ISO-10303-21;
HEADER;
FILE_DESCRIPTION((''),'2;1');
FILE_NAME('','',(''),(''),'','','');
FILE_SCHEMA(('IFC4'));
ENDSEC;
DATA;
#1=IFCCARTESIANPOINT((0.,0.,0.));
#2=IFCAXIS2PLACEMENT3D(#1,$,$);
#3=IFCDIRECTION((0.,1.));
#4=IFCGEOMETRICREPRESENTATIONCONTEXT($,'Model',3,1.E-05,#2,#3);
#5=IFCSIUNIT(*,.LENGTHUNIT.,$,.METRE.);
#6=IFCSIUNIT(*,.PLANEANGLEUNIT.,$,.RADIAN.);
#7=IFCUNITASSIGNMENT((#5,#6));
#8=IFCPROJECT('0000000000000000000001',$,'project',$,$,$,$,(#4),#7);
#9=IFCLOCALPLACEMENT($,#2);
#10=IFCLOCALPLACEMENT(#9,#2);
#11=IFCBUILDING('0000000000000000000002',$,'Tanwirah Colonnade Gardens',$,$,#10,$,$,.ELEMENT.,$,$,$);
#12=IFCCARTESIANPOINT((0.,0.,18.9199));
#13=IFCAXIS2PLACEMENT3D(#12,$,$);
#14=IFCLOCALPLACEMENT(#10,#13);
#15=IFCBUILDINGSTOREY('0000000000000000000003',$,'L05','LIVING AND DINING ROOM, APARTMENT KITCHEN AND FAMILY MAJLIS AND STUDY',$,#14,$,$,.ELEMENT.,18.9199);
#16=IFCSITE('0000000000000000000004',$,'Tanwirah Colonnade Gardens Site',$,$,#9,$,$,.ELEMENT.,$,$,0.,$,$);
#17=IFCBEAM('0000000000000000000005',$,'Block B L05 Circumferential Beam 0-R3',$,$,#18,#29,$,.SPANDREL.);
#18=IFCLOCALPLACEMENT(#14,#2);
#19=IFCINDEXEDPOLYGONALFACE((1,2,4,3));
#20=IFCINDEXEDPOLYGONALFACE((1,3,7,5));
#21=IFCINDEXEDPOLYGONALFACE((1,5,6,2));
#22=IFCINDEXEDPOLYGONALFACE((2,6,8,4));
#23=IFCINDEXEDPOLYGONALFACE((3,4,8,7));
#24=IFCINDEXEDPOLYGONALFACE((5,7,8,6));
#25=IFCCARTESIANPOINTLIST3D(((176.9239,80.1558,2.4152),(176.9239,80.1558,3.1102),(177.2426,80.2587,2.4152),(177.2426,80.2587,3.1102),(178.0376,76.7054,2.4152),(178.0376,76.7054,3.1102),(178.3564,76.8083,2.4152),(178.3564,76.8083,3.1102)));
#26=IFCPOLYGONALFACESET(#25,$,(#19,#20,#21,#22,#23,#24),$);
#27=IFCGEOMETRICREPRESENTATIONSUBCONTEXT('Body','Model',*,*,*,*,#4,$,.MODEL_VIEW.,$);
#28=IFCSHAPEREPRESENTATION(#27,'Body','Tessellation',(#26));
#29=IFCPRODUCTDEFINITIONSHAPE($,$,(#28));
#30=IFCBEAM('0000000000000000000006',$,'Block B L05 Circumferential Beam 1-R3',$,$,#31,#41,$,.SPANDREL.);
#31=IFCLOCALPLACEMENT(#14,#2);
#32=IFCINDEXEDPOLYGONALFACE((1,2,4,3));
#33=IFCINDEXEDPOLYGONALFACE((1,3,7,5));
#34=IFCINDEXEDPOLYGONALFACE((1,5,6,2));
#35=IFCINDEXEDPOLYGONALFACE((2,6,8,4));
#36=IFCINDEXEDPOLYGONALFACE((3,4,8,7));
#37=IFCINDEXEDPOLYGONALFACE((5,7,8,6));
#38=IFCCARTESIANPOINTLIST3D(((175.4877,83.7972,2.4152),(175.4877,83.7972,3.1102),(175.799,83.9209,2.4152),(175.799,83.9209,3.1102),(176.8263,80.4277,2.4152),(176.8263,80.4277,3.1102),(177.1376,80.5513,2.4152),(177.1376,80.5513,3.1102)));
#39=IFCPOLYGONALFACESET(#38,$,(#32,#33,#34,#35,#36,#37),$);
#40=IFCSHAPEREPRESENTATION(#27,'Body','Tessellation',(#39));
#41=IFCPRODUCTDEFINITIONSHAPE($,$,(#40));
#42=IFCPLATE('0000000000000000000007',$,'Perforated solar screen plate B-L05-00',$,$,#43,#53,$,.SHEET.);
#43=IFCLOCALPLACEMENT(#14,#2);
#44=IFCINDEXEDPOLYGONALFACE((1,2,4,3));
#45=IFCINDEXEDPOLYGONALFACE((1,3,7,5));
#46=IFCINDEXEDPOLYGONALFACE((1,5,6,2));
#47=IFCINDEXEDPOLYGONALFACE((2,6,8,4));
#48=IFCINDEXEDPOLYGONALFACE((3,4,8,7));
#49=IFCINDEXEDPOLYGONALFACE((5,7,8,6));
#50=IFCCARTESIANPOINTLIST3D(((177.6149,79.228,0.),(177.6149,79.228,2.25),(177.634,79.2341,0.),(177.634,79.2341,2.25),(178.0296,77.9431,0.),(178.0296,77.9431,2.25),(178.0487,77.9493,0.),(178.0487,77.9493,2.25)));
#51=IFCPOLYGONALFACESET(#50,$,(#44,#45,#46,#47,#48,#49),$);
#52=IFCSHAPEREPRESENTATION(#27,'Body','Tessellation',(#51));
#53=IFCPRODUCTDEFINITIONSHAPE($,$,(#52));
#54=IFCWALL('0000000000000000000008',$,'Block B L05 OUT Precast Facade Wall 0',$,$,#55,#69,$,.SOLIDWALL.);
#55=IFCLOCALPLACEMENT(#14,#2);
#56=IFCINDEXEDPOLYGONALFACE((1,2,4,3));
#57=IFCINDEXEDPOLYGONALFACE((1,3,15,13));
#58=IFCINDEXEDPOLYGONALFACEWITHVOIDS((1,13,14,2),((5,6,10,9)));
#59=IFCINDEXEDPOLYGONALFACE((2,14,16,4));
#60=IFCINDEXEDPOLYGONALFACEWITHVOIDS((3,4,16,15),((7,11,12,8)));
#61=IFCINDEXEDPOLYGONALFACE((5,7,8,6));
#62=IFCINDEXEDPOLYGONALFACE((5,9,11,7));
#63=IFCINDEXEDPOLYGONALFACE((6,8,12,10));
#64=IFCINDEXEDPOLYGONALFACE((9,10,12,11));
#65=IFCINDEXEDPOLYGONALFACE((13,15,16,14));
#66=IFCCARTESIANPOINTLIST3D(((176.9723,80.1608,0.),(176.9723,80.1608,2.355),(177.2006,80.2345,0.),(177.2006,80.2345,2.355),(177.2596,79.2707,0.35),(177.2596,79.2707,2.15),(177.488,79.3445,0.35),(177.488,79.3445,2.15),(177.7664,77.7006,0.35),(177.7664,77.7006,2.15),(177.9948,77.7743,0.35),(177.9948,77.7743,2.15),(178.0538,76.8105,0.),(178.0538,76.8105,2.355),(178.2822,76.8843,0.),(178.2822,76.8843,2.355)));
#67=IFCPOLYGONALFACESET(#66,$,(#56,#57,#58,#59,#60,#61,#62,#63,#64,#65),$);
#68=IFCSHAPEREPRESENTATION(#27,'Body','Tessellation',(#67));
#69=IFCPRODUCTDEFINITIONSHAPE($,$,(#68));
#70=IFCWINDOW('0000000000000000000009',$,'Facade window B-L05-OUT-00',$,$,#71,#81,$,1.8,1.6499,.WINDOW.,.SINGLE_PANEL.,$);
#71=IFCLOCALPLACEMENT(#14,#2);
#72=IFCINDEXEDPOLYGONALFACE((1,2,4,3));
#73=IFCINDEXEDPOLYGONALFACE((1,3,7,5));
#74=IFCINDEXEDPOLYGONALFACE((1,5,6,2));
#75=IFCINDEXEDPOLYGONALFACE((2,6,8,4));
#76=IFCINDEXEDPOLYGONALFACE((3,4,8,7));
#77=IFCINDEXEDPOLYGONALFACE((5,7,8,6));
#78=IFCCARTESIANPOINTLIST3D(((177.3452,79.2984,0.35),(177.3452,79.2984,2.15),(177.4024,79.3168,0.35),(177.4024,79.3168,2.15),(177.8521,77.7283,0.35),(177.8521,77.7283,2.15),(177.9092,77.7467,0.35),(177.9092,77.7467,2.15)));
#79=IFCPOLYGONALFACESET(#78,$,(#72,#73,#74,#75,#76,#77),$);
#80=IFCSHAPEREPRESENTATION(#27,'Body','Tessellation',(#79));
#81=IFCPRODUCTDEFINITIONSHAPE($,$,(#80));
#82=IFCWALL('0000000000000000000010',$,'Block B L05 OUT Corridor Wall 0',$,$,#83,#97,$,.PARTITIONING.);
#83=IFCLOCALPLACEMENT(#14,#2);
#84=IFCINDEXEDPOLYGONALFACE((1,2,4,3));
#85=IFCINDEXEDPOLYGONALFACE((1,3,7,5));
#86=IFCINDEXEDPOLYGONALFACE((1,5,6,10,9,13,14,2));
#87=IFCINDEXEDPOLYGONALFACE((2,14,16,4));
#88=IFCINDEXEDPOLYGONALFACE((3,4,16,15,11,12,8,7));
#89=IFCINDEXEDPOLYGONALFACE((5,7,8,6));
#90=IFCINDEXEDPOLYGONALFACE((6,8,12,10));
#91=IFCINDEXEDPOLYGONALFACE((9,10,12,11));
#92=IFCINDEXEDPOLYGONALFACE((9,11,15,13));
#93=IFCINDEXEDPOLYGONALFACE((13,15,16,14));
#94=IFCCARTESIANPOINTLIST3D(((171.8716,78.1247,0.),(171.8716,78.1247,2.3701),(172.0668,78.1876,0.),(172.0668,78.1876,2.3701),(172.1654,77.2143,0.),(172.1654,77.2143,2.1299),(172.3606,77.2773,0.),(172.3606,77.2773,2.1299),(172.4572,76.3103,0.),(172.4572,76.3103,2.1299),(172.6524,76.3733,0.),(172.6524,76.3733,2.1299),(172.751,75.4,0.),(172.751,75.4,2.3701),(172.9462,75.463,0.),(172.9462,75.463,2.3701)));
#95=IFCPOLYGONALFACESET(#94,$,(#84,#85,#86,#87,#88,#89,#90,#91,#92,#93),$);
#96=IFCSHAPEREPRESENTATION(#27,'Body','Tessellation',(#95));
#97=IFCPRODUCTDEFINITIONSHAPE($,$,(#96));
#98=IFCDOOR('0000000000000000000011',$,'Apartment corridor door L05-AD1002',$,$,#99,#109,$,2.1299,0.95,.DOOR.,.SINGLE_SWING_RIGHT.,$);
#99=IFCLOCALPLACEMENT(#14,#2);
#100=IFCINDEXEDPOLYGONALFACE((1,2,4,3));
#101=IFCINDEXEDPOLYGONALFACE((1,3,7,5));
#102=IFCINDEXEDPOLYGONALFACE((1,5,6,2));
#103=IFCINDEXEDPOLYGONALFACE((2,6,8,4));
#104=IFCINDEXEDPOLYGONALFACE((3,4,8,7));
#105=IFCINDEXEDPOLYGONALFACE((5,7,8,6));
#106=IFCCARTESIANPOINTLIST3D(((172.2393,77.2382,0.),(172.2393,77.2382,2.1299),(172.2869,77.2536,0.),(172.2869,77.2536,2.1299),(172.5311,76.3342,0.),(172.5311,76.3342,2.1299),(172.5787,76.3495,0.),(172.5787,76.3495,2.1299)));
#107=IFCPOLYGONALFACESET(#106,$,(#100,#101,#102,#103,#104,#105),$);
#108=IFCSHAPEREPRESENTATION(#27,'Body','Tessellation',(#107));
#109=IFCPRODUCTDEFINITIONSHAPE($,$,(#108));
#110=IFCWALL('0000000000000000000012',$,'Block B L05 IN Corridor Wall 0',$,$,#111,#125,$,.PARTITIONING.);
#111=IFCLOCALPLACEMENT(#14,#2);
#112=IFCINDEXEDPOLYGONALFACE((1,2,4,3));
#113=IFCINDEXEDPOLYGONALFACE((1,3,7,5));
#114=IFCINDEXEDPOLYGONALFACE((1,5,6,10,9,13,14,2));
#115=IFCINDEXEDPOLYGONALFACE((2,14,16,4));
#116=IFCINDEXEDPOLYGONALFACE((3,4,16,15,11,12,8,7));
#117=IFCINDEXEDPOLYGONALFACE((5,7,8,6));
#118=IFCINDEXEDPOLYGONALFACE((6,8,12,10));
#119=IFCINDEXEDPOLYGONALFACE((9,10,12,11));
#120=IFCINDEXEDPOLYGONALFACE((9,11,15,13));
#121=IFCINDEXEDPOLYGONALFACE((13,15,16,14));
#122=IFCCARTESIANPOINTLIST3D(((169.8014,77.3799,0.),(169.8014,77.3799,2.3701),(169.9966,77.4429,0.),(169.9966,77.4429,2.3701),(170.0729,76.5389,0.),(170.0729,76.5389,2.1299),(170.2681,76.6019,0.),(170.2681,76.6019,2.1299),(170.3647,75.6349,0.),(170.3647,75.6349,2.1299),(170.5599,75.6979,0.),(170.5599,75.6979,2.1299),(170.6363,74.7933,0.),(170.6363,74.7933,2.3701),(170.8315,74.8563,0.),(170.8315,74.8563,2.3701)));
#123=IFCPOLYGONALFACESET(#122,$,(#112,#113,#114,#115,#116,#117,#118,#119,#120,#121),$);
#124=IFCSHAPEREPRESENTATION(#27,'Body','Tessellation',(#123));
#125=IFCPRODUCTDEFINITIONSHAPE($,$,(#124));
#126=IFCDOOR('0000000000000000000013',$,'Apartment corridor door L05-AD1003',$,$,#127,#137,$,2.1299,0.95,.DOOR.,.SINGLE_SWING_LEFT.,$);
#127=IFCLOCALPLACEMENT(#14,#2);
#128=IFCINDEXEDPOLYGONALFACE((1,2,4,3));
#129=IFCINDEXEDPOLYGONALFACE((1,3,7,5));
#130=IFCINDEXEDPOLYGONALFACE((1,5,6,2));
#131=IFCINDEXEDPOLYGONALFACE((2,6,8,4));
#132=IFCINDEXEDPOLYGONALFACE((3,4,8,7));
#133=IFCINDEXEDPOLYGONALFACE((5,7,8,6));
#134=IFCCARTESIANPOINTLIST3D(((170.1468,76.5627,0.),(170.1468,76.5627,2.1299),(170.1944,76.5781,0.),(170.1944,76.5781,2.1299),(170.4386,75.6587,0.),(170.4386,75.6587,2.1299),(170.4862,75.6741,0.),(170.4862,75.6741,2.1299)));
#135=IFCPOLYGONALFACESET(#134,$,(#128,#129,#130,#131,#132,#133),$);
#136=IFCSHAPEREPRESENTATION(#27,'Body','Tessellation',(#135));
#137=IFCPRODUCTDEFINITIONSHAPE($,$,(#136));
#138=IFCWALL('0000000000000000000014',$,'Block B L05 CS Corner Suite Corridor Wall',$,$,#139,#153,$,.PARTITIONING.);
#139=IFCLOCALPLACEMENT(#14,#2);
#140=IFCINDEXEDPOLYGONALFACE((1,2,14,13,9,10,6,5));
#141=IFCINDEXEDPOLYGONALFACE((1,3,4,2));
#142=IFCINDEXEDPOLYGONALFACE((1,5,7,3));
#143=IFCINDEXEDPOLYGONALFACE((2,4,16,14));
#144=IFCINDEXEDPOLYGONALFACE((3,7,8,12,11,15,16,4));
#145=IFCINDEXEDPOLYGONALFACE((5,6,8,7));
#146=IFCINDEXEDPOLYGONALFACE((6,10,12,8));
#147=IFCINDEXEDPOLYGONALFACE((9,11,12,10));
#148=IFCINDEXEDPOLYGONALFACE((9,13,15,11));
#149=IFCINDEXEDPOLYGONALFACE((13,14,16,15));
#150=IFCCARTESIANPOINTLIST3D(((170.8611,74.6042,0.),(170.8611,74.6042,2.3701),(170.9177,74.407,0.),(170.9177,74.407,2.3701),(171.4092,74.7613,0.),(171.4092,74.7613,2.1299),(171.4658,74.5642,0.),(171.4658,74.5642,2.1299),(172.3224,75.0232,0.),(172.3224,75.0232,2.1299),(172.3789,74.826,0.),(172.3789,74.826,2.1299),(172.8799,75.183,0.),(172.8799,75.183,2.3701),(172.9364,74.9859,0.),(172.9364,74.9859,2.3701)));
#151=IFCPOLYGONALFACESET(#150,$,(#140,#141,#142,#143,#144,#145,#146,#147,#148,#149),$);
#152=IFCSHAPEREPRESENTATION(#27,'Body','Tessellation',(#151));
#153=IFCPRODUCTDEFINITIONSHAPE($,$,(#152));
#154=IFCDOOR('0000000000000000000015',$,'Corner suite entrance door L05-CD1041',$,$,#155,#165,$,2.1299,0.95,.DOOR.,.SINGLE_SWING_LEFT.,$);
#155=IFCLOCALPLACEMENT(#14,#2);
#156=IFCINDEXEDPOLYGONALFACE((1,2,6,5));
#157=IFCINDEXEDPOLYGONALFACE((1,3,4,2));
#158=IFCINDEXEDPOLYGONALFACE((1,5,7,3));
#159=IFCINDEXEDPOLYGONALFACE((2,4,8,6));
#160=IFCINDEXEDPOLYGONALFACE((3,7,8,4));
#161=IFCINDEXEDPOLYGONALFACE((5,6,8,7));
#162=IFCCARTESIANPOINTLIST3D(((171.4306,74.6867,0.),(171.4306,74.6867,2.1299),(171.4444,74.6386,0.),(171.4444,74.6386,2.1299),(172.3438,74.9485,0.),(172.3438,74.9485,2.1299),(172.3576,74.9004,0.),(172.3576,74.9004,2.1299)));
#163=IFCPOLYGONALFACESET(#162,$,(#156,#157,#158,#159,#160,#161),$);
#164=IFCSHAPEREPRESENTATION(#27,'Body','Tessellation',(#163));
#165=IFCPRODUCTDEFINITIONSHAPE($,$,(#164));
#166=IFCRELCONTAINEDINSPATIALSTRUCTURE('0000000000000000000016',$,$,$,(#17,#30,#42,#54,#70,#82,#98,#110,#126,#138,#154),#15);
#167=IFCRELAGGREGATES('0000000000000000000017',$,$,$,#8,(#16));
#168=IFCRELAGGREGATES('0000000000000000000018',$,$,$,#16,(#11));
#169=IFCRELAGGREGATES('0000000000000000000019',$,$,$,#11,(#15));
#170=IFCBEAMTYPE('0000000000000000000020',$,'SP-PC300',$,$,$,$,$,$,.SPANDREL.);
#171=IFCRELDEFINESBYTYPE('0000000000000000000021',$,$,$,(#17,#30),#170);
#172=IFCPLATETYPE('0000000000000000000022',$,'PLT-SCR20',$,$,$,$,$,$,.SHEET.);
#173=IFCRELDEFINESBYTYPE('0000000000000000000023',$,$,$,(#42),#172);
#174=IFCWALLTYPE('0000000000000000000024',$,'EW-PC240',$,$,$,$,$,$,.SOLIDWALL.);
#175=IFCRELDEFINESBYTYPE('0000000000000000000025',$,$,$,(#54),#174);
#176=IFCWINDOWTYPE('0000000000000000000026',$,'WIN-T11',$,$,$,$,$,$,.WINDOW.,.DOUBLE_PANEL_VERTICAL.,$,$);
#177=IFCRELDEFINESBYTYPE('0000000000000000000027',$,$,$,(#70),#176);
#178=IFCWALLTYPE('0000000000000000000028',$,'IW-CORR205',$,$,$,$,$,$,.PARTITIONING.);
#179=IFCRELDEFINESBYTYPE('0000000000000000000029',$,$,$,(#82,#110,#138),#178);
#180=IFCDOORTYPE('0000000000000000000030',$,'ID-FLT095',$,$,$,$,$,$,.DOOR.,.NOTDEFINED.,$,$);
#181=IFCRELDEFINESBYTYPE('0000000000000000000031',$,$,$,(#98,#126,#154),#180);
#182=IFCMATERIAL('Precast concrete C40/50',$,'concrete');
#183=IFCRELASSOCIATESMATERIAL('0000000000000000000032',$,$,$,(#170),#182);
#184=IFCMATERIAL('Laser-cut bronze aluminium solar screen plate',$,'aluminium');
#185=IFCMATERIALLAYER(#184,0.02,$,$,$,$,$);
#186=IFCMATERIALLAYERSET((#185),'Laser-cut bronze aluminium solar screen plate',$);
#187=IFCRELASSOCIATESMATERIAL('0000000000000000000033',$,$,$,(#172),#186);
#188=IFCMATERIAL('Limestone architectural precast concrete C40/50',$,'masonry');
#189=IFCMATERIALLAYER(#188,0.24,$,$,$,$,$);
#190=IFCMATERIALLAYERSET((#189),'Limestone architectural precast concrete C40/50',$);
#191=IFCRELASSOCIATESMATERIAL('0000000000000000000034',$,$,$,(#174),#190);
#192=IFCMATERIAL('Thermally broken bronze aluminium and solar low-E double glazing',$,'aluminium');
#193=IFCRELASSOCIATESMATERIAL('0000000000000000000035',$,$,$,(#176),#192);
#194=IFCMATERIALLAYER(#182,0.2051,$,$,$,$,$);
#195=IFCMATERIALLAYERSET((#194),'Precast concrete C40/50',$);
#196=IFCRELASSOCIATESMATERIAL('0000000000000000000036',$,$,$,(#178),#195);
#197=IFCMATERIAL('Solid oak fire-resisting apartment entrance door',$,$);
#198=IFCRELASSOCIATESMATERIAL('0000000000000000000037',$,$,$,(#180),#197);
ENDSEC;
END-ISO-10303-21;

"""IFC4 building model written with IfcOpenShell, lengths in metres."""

from ifc_helpers import new_model, si_unit, direction, frame, frame_2d, origin, origin_2d, place, context, subcontext, project, spatial, rectangle, extrude, material, layer, layer_set, material_profile, profile_set, type_object, element, fill, save


model = new_model("IFC4")

# Units and contexts
model_context = context("Model", 3, precision=1e-05, world=origin(), true_north=direction((0.0, 1.0)))
body_context = subcontext(model_context, "Body", "Model", "MODEL_VIEW")
ifc_project = project(units=[si_unit("LENGTHUNIT", "METRE"), si_unit("PLANEANGLEUNIT", "RADIAN")], contexts=[model_context])

# Site, building, storey
site_placement = place(None, origin())
site = spatial("IfcSite", under=ifc_project, at=site_placement, Name="Tanwirah Colonnade Gardens Site", CompositionType="ELEMENT", RefElevation=0.0)
building_placement = place(site_placement, origin())
building = spatial("IfcBuilding", under=site, at=building_placement, Name="Tanwirah Colonnade Gardens", CompositionType="ELEMENT")
storey_placement = place(building_placement, frame((0.0, 0.0, 18.9199)))
storey = spatial("IfcBuildingStorey", under=building, at=storey_placement, Name="L05", Description="LIVING AND DINING ROOM, APARTMENT KITCHEN AND FAMILY MAJLIS AND STUDY", CompositionType="ELEMENT", Elevation=18.9199)

# Shared definitions
ifc_material_1 = material(Name="Precast concrete C40/50", Category="concrete")

# Beams
ifc_material_profile_1 = material_profile(ifc_material_1, rectangle(XDim=0.335, YDim=0.6951, at=origin_2d()), Name="PC-SP 335x695")
ifc_profile_set_1 = profile_set([ifc_material_profile_1], Name="Precast concrete C40/50")
beam_type_1 = type_object("IfcBeamType", Name="SP-PC300", PredefinedType="SPANDREL", material=ifc_profile_set_1)
for number, where, z_axis, x_axis, name in (
    (1, (178.197, 76.7568, 2.7627), (-0.307184, 0.95165, 0.0), (-0.95165, -0.307184, 0.0), "Block B L05 Circumferential Beam 0-R3"),
    (2, (176.9819, 80.4895, 2.7627), (-0.369195, 0.929352, 0.0), (-0.929352, -0.369195, 0.0), "Block B L05 Circumferential Beam 1-R3"),
):
    element("IfcBeam", number, at=place(storey_placement, frame(where, z_axis=z_axis, x_axis=x_axis)), inside=storey, type_object=beam_type_1, Name=name, PredefinedType="SPANDREL", context=body_context, shape_type="SweptSolid", body=[
        extrude(rectangle(XDim=0.335, YDim=0.6951, at=origin_2d()), origin(), (0.0, 0.0, 1.0), 3.6257),
    ])

# Plate
ifc_material_2 = material(Name="Laser-cut bronze aluminium solar screen plate", Category="aluminium")
ifc_layer_1 = layer(ifc_material_2, 0.02)
ifc_layer_set_1 = layer_set([ifc_layer_1], Name="Laser-cut bronze aluminium solar screen plate")
plate_type = type_object("IfcPlateType", Name="PLT-SCR20", PredefinedType="SHEET", material=ifc_layer_set_1)
plate_placement = place(storey_placement, frame((177.8318, 78.5886, 0.0), z_axis=(0.0, 0.0, 1.0), x_axis=(-0.307172, 0.951654, 0.0)))
element("IfcPlate", 3, at=plate_placement, inside=storey, type_object=plate_type, Name="Perforated solar screen plate B-L05-00", PredefinedType="SHEET", context=body_context, shape_type="SweptSolid", body=[
    extrude(rectangle(XDim=1.3501, YDim=0.02, at=origin_2d()), origin(), (0.0, 0.0, 1.0), 2.25),
])

# Wall, opening, window
ifc_material_3 = material(Name="Limestone architectural precast concrete C40/50", Category="masonry")
ifc_layer_2 = layer(ifc_material_3, 0.24)
ifc_layer_set_2 = layer_set([ifc_layer_2], Name="Limestone architectural precast concrete C40/50")
wall_type_1 = type_object("IfcWallType", Name="EW-PC240", PredefinedType="SOLIDWALL", material=ifc_layer_set_2)
wall_1_placement = place(storey_placement, frame((178.168, 76.8474, 0.0), z_axis=(0.0, 0.0, 1.0), x_axis=(-0.307205, 0.951643, 0.0)))
wall_1 = element("IfcWall", 4, at=wall_1_placement, inside=storey, type_object=wall_type_1, Name="Block B L05 OUT Precast Facade Wall 0", PredefinedType="SOLIDWALL", context=body_context, shape_type="SweptSolid", body=[
    extrude(rectangle(XDim=3.5205, YDim=0.24, at=frame_2d((1.7603, 0.0))), origin(), (0.0, 0.0, 1.0), 2.355),
])
opening_1_placement = place(wall_1_placement, frame((0.9353, 0.0, 0.3501)))
opening_1 = element("IfcOpeningElement", 5, at=opening_1_placement, cuts=wall_1, PredefinedType="OPENING", context=body_context, shape_type="SweptSolid", body=[
    extrude(rectangle(XDim=1.6499, YDim=1.8, at=frame_2d((0.825, 0.8999))), frame((0.0, 0.1299, 0.0), z_axis=(0.0, -1.0, 0.0), x_axis=(1.0, 0.0, 0.0)), (0.0, 0.0, 1.0), 0.26),
])
ifc_material_4 = material(Name="Thermally broken bronze aluminium and solar low-E double glazing", Category="aluminium")
window_type = type_object("IfcWindowType", Name="WIN-T11", PartitioningType="DOUBLE_PANEL_VERTICAL", PredefinedType="WINDOW", material=ifc_material_4)
window_placement = place(opening_1_placement, origin())
window = element("IfcWindow", 6, at=window_placement, inside=storey, type_object=window_type, Name="Facade window B-L05-OUT-00", OverallHeight=1.8, OverallWidth=1.6499, PartitioningType="SINGLE_PANEL", PredefinedType="WINDOW", context=body_context, shape_type="SweptSolid", body=[
    extrude(rectangle(XDim=1.6499, YDim=1.8, at=frame_2d((0.825, 0.8999))), frame((0.0, 0.03, 0.0), z_axis=(0.0, -1.0, 0.0), x_axis=(1.0, 0.0, 0.0)), (0.0, 0.0, 1.0), 0.0601),
])
fill(opening_1, window)

# Walls, openings, doors
ifc_layer_3 = layer(ifc_material_1, 0.2051)
ifc_layer_set_3 = layer_set([ifc_layer_3], Name="Precast concrete C40/50")
wall_type_2 = type_object("IfcWallType", Name="IW-CORR205", PredefinedType="PARTITIONING", material=ifc_layer_set_3)
wall_2_placement = place(storey_placement, frame((172.8486, 75.4314, 0.0), z_axis=(0.0, 0.0, 1.0), x_axis=(-0.307157, 0.951659, 0.0)))
wall_2 = element("IfcWall", 7, at=wall_2_placement, inside=storey, type_object=wall_type_2, Name="Block B L05 OUT Corridor Wall 0", PredefinedType="PARTITIONING", context=body_context, shape_type="SweptSolid", body=[
    extrude(rectangle(XDim=2.863, YDim=0.2051, at=frame_2d((1.4316, 0.0))), origin(), (0.0, 0.0, 1.0), 2.3701),
])
opening_2_placement = place(wall_2_placement, frame((0.9565, 0.0, 0.0)))
opening_2 = element("IfcOpeningElement", 8, at=opening_2_placement, cuts=wall_2, PredefinedType="OPENING", context=body_context, shape_type="SweptSolid", body=[
    extrude(rectangle(XDim=0.95, YDim=2.1299, at=frame_2d((0.4751, 1.0649))), frame((0.0, 0.1125, 0.0), z_axis=(0.0, -1.0, 0.0), x_axis=(1.0, 0.0, 0.0)), (0.0, 0.0, 1.0), 0.2251),
])
ifc_material_5 = material(Name="Solid oak fire-resisting apartment entrance door")
door_type_1 = type_object("IfcDoorType", Name="ID-FLT095", OperationType="NOTDEFINED", PredefinedType="DOOR", material=ifc_material_5)
door_1_placement = place(opening_2_placement, origin())
door_1 = element("IfcDoor", 9, at=door_1_placement, inside=storey, type_object=door_type_1, Name="Apartment corridor door L05-AD1002", OperationType="SINGLE_SWING_RIGHT", OverallHeight=2.1299, OverallWidth=0.95, PredefinedType="DOOR", context=body_context, shape_type="SweptSolid", body=[
    extrude(rectangle(XDim=0.95, YDim=2.1299, at=frame_2d((0.4751, 1.0649))), frame((0.0, 0.0249, 0.0), z_axis=(0.0, -1.0, 0.0), x_axis=(1.0, 0.0, 0.0)), (0.0, 0.0, 1.0), 0.05),
])
fill(opening_2, door_1)
wall_3_placement = place(storey_placement, frame((170.7339, 74.825, 0.0), z_axis=(0.0, 0.0, 1.0), x_axis=(-0.307186, 0.951649, 0.0)))
wall_3 = element("IfcWall", 10, at=wall_3_placement, inside=storey, type_object=wall_type_2, Name="Block B L05 IN Corridor Wall 0", PredefinedType="PARTITIONING", context=body_context, shape_type="SweptSolid", body=[
    extrude(rectangle(XDim=2.718, YDim=0.2051, at=frame_2d((1.3589, 0.0))), origin(), (0.0, 0.0, 1.0), 2.3701),
])
opening_3_placement = place(wall_3_placement, frame((0.884, 0.0, 0.0)))
opening_3 = element("IfcOpeningElement", 11, at=opening_3_placement, cuts=wall_3, PredefinedType="OPENING", context=body_context, shape_type="SweptSolid", body=[
    extrude(rectangle(XDim=0.95, YDim=2.1299, at=frame_2d((0.4751, 1.0649))), frame((0.0, 0.1125, 0.0), z_axis=(0.0, -1.0, 0.0), x_axis=(1.0, 0.0, 0.0)), (0.0, 0.0, 1.0), 0.2251),
])
door_2_placement = place(opening_3_placement, origin())
door_2 = element("IfcDoor", 12, at=door_2_placement, inside=storey, type_object=door_type_1, Name="Apartment corridor door L05-AD1003", OperationType="SINGLE_SWING_LEFT", OverallHeight=2.1299, OverallWidth=0.95, PredefinedType="DOOR", context=body_context, shape_type="SweptSolid", body=[
    extrude(rectangle(XDim=0.95, YDim=2.1299, at=frame_2d((0.4751, 1.0649))), frame((0.0, 0.0249, 0.0), z_axis=(0.0, -1.0, 0.0), x_axis=(1.0, 0.0, 0.0)), (0.0, 0.0, 1.0), 0.05),
])
fill(opening_3, door_2)
wall_4_placement = place(storey_placement, frame((170.8894, 74.5056, 0.0), z_axis=(0.0, 0.0, 1.0), x_axis=(0.961265, 0.275627, 0.0)))
wall_4 = element("IfcWall", 13, at=wall_4_placement, inside=storey, type_object=wall_type_2, Name="Block B L05 CS Corner Suite Corridor Wall", PredefinedType="PARTITIONING", context=body_context, shape_type="SweptSolid", body=[
    extrude(rectangle(XDim=2.1001, YDim=0.2051, at=frame_2d((1.05, 0.0))), origin(), (0.0, 0.0, 1.0), 2.3701),
])
opening_4_placement = place(wall_4_placement, frame((0.5701, 0.0, 0.0)))
opening_4 = element("IfcOpeningElement", 14, at=opening_4_placement, cuts=wall_4, PredefinedType="OPENING", context=body_context, shape_type="SweptSolid", body=[
    extrude(rectangle(XDim=0.95, YDim=2.1299, at=frame_2d((0.4751, 1.0649))), frame((0.0, 0.1125, 0.0), z_axis=(0.0, -1.0, 0.0), x_axis=(1.0, 0.0, 0.0)), (0.0, 0.0, 1.0), 0.2251),
])
door_3_placement = place(opening_4_placement, origin())
door_3 = element("IfcDoor", 15, at=door_3_placement, inside=storey, type_object=door_type_1, Name="Corner suite entrance door L05-CD1041", OperationType="SINGLE_SWING_LEFT", OverallHeight=2.1299, OverallWidth=0.95, PredefinedType="DOOR", context=body_context, shape_type="SweptSolid", body=[
    extrude(rectangle(XDim=0.95, YDim=2.1299, at=frame_2d((0.4751, 1.0649))), frame((0.0, 0.0249, 0.0), z_axis=(0.0, -1.0, 0.0), x_axis=(1.0, 0.0, 0.0)), (0.0, 0.0, 1.0), 0.05),
])
fill(opening_4, door_3)

save(model, "model.ifc")
